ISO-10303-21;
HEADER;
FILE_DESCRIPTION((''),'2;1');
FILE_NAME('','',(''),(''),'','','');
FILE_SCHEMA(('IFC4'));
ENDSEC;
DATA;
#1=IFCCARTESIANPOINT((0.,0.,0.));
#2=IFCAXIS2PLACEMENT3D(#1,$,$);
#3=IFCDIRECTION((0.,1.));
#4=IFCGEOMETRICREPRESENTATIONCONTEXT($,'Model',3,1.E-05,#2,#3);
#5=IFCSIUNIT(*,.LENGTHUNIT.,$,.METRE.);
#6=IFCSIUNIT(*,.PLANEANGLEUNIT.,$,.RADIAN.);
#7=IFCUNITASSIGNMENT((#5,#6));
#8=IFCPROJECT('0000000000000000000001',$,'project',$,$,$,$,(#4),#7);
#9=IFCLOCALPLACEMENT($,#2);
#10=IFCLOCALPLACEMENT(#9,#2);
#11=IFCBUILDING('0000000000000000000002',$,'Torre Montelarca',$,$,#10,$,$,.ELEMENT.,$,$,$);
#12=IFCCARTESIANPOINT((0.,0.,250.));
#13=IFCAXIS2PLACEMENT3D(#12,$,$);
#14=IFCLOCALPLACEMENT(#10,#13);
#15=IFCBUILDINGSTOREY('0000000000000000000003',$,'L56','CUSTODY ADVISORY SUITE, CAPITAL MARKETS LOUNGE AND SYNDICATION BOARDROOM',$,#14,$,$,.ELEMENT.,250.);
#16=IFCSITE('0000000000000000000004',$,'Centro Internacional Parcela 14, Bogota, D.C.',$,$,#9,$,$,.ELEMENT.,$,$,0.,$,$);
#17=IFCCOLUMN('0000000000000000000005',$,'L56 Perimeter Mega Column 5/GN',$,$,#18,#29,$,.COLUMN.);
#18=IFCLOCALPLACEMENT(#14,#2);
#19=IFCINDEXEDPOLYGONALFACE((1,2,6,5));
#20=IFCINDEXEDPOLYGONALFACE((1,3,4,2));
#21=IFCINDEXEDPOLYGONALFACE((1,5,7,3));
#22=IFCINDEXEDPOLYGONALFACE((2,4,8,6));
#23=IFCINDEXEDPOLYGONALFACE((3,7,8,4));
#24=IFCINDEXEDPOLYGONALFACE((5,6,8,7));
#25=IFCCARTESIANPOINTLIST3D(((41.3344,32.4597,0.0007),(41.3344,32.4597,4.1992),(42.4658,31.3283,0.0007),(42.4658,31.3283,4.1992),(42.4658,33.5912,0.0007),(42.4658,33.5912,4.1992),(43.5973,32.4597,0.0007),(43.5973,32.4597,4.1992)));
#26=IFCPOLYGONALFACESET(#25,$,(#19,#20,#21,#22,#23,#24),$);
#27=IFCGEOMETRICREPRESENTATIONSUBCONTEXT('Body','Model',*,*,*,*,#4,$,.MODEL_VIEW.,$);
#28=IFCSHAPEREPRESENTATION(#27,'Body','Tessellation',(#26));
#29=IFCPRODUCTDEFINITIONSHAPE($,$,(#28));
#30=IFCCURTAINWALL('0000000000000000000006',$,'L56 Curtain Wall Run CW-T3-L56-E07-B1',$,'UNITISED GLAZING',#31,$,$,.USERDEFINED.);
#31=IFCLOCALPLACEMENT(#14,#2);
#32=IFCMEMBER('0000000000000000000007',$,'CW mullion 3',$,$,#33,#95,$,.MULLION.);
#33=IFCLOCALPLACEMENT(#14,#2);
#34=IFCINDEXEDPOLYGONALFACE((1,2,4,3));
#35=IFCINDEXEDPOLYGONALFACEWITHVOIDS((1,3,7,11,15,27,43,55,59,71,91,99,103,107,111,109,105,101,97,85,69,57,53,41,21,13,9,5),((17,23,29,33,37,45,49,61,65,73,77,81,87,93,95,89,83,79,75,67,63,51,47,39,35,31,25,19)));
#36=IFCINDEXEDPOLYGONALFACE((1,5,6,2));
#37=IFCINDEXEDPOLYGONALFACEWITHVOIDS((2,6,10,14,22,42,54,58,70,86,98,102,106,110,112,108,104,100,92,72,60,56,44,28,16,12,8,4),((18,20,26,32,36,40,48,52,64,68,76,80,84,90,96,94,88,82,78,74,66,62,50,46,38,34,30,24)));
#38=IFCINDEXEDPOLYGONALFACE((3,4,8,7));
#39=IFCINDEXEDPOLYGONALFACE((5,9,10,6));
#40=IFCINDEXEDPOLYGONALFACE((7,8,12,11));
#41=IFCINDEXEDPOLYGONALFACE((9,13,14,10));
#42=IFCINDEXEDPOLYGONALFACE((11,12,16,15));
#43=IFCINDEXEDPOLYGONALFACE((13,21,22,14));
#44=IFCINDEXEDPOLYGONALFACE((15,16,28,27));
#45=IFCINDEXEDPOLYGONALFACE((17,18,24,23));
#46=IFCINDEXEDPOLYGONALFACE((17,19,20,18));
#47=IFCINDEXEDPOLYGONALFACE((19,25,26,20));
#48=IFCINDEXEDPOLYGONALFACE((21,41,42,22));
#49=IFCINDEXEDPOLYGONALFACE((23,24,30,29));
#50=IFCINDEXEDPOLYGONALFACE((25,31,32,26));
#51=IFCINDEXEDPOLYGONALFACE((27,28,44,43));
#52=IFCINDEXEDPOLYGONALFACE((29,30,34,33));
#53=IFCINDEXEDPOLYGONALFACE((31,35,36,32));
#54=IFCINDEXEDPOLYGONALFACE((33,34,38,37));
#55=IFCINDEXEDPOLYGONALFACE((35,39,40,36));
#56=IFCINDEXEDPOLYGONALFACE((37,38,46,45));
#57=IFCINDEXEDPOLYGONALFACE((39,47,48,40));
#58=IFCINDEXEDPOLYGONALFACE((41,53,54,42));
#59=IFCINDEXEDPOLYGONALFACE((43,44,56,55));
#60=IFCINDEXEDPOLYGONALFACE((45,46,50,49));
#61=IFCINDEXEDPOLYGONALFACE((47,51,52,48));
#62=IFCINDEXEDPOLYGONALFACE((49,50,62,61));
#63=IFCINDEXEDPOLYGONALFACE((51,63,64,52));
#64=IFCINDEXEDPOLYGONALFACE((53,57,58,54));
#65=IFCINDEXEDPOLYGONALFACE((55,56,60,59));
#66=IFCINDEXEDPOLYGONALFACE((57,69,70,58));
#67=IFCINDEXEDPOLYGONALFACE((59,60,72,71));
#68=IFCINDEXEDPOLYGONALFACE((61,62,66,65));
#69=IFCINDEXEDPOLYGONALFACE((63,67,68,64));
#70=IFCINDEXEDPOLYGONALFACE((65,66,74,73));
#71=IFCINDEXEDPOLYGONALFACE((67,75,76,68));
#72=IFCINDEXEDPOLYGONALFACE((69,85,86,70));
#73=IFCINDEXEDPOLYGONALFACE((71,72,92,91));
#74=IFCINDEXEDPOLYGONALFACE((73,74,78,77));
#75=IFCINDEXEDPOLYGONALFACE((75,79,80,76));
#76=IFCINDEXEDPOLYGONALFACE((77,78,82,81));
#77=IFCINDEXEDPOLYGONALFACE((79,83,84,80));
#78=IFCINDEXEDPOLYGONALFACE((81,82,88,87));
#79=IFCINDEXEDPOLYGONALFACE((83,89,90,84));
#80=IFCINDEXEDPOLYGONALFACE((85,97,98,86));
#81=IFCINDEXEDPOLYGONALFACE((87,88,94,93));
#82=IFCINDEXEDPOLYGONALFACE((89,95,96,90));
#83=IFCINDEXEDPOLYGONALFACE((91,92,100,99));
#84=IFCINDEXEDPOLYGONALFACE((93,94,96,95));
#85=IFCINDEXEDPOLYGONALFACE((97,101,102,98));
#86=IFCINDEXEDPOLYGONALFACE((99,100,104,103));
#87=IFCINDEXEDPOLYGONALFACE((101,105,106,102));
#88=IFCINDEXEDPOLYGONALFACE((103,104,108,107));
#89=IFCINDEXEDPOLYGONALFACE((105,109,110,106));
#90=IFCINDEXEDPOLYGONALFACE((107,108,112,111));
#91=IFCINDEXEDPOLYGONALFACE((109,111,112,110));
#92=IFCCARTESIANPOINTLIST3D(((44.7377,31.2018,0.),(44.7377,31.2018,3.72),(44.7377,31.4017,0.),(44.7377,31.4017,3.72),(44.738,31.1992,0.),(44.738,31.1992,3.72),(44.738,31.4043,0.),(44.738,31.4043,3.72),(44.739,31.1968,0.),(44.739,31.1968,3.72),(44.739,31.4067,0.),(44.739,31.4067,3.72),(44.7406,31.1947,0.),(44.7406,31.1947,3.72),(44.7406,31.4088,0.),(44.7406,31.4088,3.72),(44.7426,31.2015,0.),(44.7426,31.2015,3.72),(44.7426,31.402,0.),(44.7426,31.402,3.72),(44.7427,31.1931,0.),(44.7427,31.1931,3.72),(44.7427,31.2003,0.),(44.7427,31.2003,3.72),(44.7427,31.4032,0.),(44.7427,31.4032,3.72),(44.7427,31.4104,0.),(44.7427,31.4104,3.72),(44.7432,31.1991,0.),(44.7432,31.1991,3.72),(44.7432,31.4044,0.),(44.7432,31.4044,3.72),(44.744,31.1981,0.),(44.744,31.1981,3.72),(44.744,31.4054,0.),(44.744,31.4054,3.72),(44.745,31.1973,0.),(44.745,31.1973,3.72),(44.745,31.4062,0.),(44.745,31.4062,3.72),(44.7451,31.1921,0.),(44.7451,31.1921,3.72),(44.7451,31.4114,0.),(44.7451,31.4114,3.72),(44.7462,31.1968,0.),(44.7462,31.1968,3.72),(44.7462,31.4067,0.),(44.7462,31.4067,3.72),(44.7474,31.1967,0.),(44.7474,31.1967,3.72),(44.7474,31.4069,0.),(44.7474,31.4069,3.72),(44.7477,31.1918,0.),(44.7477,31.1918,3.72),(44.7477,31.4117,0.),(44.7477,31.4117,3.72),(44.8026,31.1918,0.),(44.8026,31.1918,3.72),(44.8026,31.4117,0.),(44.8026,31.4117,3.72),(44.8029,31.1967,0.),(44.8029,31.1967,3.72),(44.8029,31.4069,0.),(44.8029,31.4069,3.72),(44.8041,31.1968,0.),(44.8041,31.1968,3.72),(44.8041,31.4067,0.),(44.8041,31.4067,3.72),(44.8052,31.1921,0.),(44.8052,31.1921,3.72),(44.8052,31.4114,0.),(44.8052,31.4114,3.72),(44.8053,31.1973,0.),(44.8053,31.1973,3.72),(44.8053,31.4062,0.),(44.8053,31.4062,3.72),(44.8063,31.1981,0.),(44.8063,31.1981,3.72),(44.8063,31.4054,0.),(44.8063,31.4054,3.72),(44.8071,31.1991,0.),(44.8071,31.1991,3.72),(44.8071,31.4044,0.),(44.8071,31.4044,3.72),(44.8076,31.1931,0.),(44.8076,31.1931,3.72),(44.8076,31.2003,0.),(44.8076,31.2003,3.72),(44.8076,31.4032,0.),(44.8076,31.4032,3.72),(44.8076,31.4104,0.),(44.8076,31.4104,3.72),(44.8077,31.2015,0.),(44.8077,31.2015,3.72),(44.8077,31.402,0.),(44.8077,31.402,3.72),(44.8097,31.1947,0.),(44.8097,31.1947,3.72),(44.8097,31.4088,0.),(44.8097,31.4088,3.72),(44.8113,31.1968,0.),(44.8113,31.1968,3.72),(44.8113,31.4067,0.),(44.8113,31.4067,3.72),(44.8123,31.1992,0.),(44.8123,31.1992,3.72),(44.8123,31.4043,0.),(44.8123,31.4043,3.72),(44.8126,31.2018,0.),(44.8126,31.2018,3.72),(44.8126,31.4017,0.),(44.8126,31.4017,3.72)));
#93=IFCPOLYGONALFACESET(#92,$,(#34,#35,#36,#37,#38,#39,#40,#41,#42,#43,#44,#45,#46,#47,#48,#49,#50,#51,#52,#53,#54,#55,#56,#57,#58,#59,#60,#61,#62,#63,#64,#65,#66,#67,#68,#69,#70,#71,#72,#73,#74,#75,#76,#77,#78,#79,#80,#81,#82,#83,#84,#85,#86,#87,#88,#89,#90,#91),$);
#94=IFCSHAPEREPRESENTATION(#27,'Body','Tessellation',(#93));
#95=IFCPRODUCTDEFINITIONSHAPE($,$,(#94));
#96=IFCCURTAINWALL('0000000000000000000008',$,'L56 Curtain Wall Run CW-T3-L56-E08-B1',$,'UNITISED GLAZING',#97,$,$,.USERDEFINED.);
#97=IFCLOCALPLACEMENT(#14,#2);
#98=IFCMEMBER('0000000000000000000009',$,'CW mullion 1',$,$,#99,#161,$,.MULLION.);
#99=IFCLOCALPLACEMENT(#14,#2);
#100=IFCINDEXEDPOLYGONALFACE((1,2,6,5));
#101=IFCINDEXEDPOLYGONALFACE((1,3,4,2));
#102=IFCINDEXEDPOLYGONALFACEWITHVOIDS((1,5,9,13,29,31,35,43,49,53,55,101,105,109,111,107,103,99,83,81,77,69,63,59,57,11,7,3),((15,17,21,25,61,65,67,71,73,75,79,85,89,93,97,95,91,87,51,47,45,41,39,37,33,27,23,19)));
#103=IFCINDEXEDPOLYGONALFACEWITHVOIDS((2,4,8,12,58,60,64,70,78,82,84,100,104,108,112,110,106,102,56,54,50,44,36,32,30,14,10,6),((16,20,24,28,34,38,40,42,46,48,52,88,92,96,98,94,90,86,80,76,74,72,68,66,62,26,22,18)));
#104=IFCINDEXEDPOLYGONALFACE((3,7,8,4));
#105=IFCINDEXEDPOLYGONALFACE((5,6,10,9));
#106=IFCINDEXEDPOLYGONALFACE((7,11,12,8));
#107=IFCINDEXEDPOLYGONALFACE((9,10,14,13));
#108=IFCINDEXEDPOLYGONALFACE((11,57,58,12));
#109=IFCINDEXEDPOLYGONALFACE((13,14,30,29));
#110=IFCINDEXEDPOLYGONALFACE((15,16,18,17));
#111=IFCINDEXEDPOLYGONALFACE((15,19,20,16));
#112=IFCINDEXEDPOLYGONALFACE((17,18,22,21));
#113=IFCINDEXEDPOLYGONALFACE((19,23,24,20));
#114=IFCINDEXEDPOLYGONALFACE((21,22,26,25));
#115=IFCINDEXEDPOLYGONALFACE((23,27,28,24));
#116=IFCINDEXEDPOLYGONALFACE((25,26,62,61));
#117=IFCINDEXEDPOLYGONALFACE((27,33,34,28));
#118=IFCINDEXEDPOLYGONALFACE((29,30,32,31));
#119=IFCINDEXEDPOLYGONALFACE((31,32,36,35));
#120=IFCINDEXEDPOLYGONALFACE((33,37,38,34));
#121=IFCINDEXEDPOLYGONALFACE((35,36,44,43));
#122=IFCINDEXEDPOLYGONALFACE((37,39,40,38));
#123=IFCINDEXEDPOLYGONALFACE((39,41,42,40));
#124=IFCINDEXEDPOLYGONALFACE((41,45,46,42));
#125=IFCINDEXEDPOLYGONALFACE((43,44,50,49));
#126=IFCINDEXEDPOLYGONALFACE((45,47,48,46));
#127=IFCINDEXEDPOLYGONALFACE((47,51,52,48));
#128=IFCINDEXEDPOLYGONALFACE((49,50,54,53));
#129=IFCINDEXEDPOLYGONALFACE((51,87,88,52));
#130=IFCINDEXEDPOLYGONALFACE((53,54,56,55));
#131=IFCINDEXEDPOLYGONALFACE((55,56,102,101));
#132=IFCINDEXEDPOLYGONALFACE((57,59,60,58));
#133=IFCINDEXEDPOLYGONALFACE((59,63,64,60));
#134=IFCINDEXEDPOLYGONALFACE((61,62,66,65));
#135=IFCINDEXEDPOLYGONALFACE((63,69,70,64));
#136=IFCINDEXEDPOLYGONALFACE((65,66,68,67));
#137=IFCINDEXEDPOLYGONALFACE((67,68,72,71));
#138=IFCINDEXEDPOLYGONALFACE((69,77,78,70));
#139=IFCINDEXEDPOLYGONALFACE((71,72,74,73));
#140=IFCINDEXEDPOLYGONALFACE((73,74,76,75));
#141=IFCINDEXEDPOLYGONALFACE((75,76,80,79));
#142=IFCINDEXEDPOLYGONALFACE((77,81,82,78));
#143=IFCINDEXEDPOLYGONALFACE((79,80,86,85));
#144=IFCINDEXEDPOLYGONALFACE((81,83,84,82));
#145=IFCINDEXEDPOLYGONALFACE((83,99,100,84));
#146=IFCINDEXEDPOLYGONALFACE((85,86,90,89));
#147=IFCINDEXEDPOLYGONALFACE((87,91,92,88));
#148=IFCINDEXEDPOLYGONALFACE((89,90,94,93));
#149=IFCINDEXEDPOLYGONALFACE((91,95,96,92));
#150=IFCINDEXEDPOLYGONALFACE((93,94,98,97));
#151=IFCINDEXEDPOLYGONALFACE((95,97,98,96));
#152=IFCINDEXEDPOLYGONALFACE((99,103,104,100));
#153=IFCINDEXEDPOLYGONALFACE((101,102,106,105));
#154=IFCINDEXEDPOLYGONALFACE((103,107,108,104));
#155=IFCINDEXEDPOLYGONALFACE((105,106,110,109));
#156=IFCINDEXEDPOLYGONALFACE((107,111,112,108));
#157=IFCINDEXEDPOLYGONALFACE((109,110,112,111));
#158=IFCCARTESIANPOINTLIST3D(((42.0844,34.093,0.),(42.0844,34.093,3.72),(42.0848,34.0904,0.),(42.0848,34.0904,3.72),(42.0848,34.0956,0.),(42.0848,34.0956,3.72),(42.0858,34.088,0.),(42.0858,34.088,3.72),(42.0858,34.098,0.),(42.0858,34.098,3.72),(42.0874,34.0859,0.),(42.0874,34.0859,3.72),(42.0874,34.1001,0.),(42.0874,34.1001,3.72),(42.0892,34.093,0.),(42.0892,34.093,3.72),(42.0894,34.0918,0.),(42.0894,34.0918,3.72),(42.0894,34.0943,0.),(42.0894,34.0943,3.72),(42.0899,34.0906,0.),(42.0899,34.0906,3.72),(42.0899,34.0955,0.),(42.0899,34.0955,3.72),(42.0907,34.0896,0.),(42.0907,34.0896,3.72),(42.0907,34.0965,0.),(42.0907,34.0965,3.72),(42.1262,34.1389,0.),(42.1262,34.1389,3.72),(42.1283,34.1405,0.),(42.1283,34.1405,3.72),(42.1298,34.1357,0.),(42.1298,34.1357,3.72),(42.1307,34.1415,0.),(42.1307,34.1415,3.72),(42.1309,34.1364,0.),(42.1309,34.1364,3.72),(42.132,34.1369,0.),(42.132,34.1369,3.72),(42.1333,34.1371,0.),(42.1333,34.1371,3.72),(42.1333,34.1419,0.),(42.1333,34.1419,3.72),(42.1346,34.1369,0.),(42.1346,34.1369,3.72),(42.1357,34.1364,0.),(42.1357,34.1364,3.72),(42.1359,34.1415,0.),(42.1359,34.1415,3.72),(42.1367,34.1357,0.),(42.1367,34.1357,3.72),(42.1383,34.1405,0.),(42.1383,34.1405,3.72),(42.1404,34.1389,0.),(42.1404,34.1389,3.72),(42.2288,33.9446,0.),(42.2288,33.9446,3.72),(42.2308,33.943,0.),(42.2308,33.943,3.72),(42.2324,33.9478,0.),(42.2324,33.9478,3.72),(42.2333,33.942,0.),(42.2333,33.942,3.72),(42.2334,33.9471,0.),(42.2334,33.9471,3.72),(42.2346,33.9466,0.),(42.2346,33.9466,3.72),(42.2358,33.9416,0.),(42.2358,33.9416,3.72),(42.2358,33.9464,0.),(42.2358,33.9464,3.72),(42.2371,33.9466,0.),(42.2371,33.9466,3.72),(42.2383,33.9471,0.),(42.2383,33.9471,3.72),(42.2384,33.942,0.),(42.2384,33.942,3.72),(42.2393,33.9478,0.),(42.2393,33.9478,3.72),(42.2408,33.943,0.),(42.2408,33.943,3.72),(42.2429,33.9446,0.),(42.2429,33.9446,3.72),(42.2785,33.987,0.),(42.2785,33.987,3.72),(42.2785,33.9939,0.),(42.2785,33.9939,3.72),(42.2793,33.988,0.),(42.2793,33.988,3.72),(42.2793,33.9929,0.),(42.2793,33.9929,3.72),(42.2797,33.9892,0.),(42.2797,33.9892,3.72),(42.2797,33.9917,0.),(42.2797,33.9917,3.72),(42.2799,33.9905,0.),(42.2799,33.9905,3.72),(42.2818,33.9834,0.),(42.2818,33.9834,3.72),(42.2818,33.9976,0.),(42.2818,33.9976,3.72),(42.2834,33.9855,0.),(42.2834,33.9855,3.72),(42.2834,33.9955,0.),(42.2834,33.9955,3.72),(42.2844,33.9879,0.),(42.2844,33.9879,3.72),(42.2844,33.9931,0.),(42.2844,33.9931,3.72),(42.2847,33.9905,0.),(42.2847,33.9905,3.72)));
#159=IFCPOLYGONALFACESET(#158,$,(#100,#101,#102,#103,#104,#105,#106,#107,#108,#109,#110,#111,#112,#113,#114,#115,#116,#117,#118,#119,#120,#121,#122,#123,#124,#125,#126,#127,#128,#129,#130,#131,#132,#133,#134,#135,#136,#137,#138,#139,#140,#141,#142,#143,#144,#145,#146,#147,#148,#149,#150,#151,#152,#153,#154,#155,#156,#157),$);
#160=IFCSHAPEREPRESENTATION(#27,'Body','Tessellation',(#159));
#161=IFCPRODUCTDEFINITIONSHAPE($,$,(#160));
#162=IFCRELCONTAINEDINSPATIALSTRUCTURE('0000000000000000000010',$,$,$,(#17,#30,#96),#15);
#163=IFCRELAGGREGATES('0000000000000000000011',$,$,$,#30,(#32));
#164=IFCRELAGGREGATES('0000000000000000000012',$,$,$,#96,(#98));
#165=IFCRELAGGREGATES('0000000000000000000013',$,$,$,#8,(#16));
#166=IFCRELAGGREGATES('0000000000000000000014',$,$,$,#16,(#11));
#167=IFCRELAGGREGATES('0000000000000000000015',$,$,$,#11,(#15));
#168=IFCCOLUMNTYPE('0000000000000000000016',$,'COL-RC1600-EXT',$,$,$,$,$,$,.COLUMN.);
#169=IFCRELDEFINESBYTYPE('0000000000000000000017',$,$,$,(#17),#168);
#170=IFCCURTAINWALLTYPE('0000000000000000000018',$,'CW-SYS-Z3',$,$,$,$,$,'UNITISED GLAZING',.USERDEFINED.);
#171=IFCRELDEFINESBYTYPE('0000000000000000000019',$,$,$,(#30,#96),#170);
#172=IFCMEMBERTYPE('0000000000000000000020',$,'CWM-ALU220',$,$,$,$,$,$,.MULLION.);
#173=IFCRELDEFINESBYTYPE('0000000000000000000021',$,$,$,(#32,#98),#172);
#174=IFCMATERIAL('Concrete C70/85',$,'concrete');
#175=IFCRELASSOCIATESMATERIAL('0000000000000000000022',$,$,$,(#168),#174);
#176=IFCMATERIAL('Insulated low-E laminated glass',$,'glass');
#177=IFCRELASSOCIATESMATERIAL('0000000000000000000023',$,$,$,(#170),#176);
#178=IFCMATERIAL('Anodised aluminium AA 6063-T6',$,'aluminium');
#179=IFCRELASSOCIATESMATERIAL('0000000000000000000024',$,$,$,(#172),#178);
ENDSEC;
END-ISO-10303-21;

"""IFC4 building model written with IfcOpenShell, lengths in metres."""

from ifc_helpers import new_model, si_unit, direction, frame, origin, origin_2d, place, context, subcontext, project, spatial, rectangle, hollow_rectangle, extrude, source, transform, mapped, material, material_profile, profile_set, type_object, element, aggregate, save


model = new_model("IFC4")

# Units and contexts
model_context = context("Model", 3, precision=1e-05, world=origin(), true_north=direction((0.0, 1.0)))
body_context = subcontext(model_context, "Body", "Model", "MODEL_VIEW")
ifc_project = project(units=[si_unit("LENGTHUNIT", "METRE"), si_unit("PLANEANGLEUNIT", "RADIAN")], contexts=[model_context])

# Site, building, storey
site_placement = place(None, origin())
site = spatial("IfcSite", under=ifc_project, at=site_placement, Name="Centro Internacional Parcela 14, Bogota, D.C.", CompositionType="ELEMENT", RefElevation=0.0)
building_placement = place(site_placement, origin())
building = spatial("IfcBuilding", under=site, at=building_placement, Name="Torre Montelarca", CompositionType="ELEMENT")
storey_placement = place(building_placement, frame((0.0, 0.0, 250.0)))
storey = spatial("IfcBuildingStorey", under=building, at=storey_placement, Name="L56", Description="CUSTODY ADVISORY SUITE, CAPITAL MARKETS LOUNGE AND SYNDICATION BOARDROOM", CompositionType="ELEMENT", Elevation=250.0)

# Column
ifc_material_1 = material(Name="Concrete C70/85", Category="concrete")
ifc_material_profile_1 = material_profile(ifc_material_1, rectangle(XDim=1.6001, YDim=1.6001, at=origin_2d()), Name="RC1600X1600", Category="concrete")
ifc_profile_set_1 = profile_set([ifc_material_profile_1], Name="Concrete C70/85")
column_type = type_object("IfcColumnType", Name="COL-RC1600-EXT", PredefinedType="COLUMN", material=ifc_profile_set_1)
shared_shape_1 = source(origin(), body_context, "Body", "SweptSolid", [
    extrude(rectangle(XDim=1.6001, YDim=1.6001, at=origin_2d()), origin(), (0.0, 0.0, 1.0), 4.1985),
])
column_placement = place(storey_placement, frame((42.4658, 32.4597, 0.0007), z_axis=(0.0, 0.0, 1.0), x_axis=(-0.707107, 0.707107, 0.0)))
element("IfcColumn", 1, at=column_placement, inside=storey, type_object=column_type, Name="L56 Perimeter Mega Column 5/GN", PredefinedType="COLUMN", context=body_context, shape_type="MappedRepresentation", body=[
    mapped(shared_shape_1, transform((0.0, 0.0, 0.0), scale=1.0)),
])

# Curtain wall, member
ifc_material_2 = material(Name="Insulated low-E laminated glass", Category="glass")
curtain_wall_type = type_object("IfcCurtainWallType", Name="CW-SYS-Z3", ElementType="UNITISED GLAZING", PredefinedType="USERDEFINED", material=ifc_material_2)
curtain_wall_1_placement = place(storey_placement, origin())
curtain_wall_1 = element("IfcCurtainWall", 2, at=curtain_wall_1_placement, inside=storey, type_object=curtain_wall_type, Name="L56 Curtain Wall Run CW-T3-L56-E07-B1", ObjectType="UNITISED GLAZING", PredefinedType="USERDEFINED")
ifc_material_3 = material(Name="Anodised aluminium AA 6063-T6", Category="aluminium")
ifc_material_profile_2 = material_profile(ifc_material_3, hollow_rectangle(XDim=0.075, YDim=0.22, WallThickness=0.0049, InnerFilletRadius=0.0049, OuterFilletRadius=0.01, at=origin_2d()), Name="ALU75X220X5", Category="aluminium")
ifc_profile_set_2 = profile_set([ifc_material_profile_2], Name="Anodised aluminium AA 6063-T6")
member_type_1 = type_object("IfcMemberType", Name="CWM-ALU220", PredefinedType="MULLION", material=ifc_profile_set_2)
shared_shape_2 = source(origin(), body_context, "Body", "SweptSolid", [
    extrude(hollow_rectangle(XDim=0.075, YDim=0.22, WallThickness=0.0049, InnerFilletRadius=0.0049, OuterFilletRadius=0.01, at=origin_2d()), origin(), (0.0, 0.0, 1.0), 3.72),
])
member_1_placement = place(storey_placement, frame((44.7751, 31.3018, 0.0), z_axis=(0.0, 0.0, 1.0), x_axis=(-1.0, 0.0, 0.0)))
member_1 = element("IfcMember", 3, at=member_1_placement, type_object=member_type_1, Name="CW mullion 3", PredefinedType="MULLION", context=body_context, shape_type="MappedRepresentation", body=[
    mapped(shared_shape_2, transform((0.0, 0.0, 0.0), scale=1.0)),
])

# Curtain wall, member
curtain_wall_2_placement = place(storey_placement, origin())
curtain_wall_2 = element("IfcCurtainWall", 4, at=curtain_wall_2_placement, inside=storey, type_object=curtain_wall_type, Name="L56 Curtain Wall Run CW-T3-L56-E08-B1", ObjectType="UNITISED GLAZING", PredefinedType="USERDEFINED")
member_2_placement = place(storey_placement, frame((42.1846, 34.0417, 0.0), z_axis=(0.0, 0.0, 1.0), x_axis=(-0.707099, -0.707115, 0.0)))
member_2 = element("IfcMember", 5, at=member_2_placement, type_object=member_type_1, Name="CW mullion 1", PredefinedType="MULLION", context=body_context, shape_type="MappedRepresentation", body=[
    mapped(shared_shape_2, transform((0.0, 0.0, 0.0), scale=1.0)),
])

aggregate(curtain_wall_1, [member_1])
aggregate(curtain_wall_2, [member_2])

save(model, "model.ifc")
